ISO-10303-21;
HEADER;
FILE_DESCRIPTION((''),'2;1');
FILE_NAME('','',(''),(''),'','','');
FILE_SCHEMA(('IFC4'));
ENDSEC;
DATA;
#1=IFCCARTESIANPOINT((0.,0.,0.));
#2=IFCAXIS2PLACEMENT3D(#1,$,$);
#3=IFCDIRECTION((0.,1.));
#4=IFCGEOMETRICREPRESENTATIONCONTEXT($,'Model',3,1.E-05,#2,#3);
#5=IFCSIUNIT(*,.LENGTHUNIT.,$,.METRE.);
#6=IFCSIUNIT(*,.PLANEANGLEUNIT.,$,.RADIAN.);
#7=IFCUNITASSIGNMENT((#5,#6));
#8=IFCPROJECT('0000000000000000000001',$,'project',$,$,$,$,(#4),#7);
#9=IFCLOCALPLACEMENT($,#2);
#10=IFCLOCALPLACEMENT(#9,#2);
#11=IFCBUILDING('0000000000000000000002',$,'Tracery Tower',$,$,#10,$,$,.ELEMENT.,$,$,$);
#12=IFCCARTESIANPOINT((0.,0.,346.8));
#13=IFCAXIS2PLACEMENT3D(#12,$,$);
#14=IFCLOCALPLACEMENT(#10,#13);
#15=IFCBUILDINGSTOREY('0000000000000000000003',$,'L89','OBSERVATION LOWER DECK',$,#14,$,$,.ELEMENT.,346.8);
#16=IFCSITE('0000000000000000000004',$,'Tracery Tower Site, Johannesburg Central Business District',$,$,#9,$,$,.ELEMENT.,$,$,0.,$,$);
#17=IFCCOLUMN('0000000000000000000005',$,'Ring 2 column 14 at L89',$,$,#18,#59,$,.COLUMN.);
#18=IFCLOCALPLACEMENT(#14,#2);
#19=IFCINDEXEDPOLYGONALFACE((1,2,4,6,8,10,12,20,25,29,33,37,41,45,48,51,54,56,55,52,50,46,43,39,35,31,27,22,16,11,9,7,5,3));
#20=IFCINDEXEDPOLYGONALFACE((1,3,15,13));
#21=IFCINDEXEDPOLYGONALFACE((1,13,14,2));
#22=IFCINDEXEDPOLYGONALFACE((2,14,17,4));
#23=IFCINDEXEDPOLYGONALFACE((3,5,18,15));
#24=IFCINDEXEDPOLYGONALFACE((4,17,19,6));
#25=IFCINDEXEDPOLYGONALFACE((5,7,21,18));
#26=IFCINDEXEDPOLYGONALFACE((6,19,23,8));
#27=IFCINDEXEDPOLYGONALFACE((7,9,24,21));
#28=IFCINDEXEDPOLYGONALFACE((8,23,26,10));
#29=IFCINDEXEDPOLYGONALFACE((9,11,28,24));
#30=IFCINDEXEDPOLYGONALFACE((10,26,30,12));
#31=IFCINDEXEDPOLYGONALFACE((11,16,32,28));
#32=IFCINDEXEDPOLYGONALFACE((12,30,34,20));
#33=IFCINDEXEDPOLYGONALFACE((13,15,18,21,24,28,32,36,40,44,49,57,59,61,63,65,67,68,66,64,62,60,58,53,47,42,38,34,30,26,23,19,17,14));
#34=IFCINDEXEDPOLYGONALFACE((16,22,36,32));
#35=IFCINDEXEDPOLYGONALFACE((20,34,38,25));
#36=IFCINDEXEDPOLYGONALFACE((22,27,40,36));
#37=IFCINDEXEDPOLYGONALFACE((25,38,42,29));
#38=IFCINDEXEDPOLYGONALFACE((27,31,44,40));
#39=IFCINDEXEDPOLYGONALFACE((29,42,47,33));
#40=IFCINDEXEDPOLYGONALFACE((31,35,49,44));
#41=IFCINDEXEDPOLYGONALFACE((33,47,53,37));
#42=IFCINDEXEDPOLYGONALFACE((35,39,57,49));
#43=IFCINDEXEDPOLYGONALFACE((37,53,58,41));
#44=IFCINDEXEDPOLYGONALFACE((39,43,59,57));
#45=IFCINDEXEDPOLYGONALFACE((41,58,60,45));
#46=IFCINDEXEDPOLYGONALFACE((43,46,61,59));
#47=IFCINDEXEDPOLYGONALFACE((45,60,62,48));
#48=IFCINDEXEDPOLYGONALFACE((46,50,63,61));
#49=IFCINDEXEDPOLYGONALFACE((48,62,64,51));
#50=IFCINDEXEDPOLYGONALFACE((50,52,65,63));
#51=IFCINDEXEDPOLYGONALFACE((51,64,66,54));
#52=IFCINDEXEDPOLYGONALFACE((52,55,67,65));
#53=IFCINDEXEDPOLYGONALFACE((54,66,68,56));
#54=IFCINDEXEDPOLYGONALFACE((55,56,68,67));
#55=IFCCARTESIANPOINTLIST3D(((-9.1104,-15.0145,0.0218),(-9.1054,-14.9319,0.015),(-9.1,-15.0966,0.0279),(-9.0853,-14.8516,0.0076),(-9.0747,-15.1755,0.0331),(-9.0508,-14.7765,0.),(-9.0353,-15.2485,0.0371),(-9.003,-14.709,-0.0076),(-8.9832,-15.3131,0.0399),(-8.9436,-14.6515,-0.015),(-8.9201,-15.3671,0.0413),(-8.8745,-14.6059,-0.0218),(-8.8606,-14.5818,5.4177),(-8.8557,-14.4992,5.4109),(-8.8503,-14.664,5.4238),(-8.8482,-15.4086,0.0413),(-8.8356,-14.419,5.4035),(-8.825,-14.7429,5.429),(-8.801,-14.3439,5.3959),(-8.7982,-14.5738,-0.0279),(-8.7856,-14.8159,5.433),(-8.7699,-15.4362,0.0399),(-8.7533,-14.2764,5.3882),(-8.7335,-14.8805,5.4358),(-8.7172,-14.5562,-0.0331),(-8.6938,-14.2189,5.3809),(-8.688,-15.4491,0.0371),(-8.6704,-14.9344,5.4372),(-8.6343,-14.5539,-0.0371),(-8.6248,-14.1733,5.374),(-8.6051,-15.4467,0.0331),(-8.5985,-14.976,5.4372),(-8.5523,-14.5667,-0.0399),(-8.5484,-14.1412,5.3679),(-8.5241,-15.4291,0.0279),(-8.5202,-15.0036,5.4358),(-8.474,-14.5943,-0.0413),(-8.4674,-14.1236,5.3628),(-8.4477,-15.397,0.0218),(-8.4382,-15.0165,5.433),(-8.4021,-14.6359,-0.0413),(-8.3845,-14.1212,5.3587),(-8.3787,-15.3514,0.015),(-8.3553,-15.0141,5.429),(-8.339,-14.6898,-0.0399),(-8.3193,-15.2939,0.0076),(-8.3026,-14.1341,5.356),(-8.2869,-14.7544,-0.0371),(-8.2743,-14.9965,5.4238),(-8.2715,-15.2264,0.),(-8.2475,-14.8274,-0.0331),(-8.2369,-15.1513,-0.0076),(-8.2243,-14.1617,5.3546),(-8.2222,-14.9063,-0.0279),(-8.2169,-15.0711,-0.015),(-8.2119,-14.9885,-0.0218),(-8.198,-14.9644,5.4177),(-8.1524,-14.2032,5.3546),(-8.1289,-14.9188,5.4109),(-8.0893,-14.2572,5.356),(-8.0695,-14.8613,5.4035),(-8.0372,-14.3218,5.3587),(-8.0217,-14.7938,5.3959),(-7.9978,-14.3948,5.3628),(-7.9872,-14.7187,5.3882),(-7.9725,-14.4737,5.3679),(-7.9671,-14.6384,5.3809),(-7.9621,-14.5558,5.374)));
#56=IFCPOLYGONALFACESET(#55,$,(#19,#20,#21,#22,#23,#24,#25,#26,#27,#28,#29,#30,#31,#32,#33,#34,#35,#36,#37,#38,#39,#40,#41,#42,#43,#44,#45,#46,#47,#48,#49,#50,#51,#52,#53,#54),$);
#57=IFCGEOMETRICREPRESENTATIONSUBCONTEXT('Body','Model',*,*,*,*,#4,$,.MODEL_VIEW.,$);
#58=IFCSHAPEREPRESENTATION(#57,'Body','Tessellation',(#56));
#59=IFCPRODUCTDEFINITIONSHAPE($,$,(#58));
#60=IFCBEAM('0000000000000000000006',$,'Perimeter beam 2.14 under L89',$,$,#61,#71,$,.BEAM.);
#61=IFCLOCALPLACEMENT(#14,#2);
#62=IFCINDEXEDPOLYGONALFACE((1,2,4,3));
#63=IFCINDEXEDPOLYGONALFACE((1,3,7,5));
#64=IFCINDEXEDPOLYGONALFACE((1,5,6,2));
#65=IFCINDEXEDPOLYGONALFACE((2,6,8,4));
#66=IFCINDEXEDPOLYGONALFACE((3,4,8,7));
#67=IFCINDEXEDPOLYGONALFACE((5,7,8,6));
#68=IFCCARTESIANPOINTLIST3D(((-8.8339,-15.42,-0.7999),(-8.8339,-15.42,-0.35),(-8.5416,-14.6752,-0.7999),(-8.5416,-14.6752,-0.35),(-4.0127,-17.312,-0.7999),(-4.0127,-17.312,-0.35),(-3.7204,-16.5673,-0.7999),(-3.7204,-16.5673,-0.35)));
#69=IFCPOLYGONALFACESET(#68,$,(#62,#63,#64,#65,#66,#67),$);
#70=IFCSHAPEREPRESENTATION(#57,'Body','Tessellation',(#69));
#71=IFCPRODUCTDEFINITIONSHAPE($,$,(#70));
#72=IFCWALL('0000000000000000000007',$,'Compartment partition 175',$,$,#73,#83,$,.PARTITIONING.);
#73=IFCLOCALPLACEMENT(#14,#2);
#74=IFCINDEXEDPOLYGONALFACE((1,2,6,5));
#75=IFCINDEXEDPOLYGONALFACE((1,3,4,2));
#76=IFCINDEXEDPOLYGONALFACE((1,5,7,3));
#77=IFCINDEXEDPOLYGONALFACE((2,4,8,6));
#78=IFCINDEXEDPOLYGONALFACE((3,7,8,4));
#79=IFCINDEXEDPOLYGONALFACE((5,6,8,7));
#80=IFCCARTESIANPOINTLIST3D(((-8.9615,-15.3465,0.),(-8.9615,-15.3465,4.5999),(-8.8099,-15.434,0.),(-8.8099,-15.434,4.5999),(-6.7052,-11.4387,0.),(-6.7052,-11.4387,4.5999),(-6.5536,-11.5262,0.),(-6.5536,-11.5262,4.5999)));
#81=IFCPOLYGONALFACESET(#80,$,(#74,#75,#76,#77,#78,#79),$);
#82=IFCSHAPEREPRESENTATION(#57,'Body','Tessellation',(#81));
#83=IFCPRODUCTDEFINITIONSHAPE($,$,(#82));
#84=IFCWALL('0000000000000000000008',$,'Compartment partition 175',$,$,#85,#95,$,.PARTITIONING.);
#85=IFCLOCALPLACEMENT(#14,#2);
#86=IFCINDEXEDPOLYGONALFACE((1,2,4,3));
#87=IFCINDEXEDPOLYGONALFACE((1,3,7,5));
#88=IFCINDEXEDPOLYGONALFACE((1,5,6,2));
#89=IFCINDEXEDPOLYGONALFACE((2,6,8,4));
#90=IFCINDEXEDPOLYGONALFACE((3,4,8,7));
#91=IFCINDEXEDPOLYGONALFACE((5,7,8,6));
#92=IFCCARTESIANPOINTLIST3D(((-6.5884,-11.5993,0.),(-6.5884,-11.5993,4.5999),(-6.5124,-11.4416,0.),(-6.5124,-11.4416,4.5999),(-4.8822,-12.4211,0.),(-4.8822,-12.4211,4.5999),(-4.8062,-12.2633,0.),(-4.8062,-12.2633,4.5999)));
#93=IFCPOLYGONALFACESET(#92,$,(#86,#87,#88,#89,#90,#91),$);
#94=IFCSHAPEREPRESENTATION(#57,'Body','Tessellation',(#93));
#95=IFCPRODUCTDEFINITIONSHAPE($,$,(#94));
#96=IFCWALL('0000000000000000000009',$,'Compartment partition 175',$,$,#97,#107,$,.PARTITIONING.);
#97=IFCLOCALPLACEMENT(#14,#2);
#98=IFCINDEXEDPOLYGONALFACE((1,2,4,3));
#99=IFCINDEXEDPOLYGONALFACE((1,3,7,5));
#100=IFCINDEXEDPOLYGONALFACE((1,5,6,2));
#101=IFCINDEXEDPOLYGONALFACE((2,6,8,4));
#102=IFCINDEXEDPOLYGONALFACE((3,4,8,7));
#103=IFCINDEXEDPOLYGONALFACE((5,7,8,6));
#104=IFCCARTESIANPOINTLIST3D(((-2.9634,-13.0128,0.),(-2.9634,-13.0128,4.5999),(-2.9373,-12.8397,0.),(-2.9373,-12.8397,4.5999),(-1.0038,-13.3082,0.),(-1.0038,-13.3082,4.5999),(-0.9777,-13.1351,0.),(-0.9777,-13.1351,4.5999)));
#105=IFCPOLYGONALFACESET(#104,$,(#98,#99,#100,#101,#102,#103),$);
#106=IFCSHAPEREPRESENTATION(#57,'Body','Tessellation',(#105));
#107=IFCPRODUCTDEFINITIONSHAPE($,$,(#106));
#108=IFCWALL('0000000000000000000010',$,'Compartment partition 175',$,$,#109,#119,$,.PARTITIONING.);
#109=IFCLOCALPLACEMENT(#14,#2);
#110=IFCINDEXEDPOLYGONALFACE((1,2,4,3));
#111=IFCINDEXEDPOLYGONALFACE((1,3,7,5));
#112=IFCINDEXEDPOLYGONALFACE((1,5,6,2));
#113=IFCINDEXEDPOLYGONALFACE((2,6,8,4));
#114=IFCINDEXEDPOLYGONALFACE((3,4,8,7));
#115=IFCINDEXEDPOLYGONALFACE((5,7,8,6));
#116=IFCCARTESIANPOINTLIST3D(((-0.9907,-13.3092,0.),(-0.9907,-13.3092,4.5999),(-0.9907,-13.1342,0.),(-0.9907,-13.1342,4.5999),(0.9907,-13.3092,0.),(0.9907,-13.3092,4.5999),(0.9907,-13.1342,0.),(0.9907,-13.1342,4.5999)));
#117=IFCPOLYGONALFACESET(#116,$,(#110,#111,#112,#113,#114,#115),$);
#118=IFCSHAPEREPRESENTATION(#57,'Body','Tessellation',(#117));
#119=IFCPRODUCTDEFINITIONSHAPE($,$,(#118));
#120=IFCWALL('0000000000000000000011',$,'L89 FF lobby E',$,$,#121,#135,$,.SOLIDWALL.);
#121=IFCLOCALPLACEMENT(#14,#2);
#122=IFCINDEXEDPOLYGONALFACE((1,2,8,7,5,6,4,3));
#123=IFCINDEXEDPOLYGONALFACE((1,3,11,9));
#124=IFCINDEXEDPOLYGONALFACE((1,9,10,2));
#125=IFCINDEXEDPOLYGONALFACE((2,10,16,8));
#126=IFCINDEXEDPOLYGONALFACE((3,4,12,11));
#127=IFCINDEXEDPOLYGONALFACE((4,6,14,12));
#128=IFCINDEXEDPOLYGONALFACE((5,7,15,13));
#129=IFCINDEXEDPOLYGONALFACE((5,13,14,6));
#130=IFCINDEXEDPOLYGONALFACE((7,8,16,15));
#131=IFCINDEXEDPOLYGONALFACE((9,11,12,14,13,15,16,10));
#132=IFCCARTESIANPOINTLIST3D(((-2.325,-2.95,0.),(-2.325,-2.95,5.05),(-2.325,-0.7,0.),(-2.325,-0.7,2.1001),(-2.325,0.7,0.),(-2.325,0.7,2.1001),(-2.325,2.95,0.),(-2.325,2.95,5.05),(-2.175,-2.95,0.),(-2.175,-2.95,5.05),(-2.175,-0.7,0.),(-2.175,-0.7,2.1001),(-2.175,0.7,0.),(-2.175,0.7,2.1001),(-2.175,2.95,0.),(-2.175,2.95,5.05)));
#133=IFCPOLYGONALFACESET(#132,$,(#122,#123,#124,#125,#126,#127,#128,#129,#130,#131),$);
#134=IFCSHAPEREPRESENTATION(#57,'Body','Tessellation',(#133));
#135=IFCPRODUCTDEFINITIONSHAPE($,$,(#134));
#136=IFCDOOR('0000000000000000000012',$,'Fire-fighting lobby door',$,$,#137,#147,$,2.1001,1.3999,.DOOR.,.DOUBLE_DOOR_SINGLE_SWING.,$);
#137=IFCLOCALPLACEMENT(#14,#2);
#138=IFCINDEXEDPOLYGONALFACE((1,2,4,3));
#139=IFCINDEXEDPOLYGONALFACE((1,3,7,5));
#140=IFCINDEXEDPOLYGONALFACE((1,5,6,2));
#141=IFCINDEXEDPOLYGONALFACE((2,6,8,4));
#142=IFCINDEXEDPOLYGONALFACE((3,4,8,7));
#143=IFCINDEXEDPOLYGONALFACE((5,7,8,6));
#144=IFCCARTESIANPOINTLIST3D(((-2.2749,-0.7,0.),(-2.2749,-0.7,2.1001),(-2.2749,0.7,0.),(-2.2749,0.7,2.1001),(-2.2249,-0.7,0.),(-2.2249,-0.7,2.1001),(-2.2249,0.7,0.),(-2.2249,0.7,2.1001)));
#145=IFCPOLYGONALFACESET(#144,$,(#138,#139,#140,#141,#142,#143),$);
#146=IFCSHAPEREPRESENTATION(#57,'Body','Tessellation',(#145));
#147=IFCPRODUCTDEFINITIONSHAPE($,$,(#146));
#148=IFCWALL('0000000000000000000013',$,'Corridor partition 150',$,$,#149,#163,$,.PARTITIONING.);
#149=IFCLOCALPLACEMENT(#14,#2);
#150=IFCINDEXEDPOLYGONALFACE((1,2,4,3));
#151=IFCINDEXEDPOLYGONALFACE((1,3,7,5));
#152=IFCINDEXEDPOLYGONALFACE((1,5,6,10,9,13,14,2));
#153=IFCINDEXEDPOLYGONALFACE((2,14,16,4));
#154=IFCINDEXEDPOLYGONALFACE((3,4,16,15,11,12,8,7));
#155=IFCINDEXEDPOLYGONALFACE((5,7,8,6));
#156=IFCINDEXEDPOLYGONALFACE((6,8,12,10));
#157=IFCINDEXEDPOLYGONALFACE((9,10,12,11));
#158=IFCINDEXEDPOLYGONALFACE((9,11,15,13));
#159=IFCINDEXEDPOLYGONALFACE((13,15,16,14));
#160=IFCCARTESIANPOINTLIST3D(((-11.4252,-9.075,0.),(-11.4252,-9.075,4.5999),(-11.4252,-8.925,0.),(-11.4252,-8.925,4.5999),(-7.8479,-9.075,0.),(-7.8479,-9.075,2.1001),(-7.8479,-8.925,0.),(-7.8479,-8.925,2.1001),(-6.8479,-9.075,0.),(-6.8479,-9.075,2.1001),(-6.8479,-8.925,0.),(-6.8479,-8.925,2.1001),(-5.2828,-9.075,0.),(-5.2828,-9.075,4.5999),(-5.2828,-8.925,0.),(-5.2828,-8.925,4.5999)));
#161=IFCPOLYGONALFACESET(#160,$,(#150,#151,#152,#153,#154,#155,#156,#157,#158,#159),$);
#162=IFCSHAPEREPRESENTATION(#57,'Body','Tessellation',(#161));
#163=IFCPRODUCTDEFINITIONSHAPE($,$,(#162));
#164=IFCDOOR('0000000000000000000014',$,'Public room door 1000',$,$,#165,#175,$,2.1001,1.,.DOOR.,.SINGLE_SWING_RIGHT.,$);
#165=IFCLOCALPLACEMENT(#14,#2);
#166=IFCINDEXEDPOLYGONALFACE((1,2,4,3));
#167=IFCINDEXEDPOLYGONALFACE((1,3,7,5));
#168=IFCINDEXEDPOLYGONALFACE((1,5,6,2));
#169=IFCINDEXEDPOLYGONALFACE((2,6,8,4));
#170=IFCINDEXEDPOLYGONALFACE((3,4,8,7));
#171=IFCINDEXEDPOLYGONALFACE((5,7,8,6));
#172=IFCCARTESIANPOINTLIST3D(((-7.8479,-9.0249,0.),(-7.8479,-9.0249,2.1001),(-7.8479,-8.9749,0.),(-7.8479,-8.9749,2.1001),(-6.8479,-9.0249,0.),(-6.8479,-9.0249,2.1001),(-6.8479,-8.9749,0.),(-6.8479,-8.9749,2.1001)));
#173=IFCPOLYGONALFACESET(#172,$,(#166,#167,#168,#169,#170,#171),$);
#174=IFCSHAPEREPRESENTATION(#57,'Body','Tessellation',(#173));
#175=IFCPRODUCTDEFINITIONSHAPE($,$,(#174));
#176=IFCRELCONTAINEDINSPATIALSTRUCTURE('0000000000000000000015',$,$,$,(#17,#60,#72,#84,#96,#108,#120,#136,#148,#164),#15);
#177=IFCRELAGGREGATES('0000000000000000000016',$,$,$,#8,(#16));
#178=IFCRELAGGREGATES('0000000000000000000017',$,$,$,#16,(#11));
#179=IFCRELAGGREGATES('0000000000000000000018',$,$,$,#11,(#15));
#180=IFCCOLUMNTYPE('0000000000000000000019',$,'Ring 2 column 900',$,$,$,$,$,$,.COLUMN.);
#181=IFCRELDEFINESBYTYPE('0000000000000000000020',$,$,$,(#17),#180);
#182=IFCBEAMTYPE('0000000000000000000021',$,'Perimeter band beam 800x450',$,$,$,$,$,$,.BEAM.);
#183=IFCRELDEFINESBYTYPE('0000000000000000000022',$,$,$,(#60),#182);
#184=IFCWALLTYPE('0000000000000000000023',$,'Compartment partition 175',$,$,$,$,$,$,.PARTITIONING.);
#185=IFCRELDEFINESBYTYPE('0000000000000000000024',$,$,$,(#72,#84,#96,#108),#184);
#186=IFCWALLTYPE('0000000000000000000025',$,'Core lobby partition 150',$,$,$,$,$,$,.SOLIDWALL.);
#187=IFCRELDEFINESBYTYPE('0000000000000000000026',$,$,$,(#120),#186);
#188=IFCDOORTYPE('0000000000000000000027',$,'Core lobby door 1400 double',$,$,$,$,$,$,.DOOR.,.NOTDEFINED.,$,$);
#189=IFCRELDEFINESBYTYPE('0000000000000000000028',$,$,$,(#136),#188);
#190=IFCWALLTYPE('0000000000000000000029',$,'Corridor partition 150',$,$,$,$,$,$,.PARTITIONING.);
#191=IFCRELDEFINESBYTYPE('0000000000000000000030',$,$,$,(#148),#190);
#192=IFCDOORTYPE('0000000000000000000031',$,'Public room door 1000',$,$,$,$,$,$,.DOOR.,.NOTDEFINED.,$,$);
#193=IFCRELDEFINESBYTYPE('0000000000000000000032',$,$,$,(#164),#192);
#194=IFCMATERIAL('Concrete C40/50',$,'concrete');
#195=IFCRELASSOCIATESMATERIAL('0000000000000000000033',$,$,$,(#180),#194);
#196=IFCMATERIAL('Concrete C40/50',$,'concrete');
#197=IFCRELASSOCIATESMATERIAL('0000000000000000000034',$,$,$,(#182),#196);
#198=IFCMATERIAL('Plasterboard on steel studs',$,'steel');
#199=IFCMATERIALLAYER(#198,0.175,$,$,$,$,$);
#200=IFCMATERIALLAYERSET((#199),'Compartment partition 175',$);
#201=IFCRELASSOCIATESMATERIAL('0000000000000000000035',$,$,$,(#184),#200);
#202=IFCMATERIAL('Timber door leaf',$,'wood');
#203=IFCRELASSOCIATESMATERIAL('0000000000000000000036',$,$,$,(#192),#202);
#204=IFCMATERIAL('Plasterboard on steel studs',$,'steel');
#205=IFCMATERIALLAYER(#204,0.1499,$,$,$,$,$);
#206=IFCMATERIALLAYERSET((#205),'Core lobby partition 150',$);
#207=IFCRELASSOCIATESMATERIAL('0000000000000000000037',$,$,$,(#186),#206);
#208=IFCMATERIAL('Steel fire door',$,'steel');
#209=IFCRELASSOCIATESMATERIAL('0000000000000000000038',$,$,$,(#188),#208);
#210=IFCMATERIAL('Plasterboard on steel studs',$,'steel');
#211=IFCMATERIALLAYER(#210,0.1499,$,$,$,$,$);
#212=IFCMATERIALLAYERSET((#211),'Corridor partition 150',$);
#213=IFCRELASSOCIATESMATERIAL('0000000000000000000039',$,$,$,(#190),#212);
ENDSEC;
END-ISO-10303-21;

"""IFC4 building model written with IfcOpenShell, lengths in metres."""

from ifc_helpers import new_model, si_unit, direction, frame, frame_2d, origin, origin_2d, place, context, subcontext, project, spatial, rectangle, circle, extrude, material, layer, layer_set, material_profile, profile_set, type_object, element, fill, save


model = new_model("IFC4")

# Units and contexts
model_context = context("Model", 3, precision=1e-05, world=origin(), true_north=direction((0.0, 1.0)))
body_context = subcontext(model_context, "Body", "Model", "MODEL_VIEW")
ifc_project = project(units=[si_unit("LENGTHUNIT", "METRE"), si_unit("PLANEANGLEUNIT", "RADIAN")], contexts=[model_context])

# Site, building, storey
site_placement = place(None, origin())
site = spatial("IfcSite", under=ifc_project, at=site_placement, Name="Tracery Tower Site, Johannesburg Central Business District", CompositionType="ELEMENT", RefElevation=0.0)
building_placement = place(site_placement, origin())
building = spatial("IfcBuilding", under=site, at=building_placement, Name="Tracery Tower", CompositionType="ELEMENT")
storey_placement = place(building_placement, frame((0.0, 0.0, 346.8)))
storey = spatial("IfcBuildingStorey", under=building, at=storey_placement, Name="L89", Description="OBSERVATION LOWER DECK", CompositionType="ELEMENT", Elevation=346.8)

# Column
ifc_material_1 = material(Name="Concrete C40/50", Category="concrete")
ifc_material_profile_1 = material_profile(ifc_material_1, circle(Radius=0.45, at=origin_2d()), Name="RC D900")
ifc_profile_set_1 = profile_set([ifc_material_profile_1], Name="Concrete C40/50")
column_type = type_object("IfcColumnType", Name="Ring 2 column 900", PredefinedType="COLUMN", material=ifc_profile_set_1)
column_placement = place(storey_placement, frame((-8.6611, -15.0015, 0.0), z_axis=(0.04609, 0.079836, 0.995742), x_axis=(-0.866039, 0.499976, 0.0)))
element("IfcColumn", 1, at=column_placement, inside=storey, type_object=column_type, Name="Ring 2 column 14 at L89", PredefinedType="COLUMN", context=body_context, shape_type="SweptSolid", body=[
    extrude(circle(Radius=0.45, at=origin_2d()), origin(), (0.0, 0.0, 1.0), 5.4189),
])

# Beam
ifc_material_2 = material(Name="Concrete C40/50", Category="concrete")
ifc_material_profile_2 = material_profile(ifc_material_2, rectangle(XDim=0.8, YDim=0.45, at=origin_2d()), Name="RC 800x450")
ifc_profile_set_2 = profile_set([ifc_material_profile_2], Name="Concrete C40/50")
beam_type = type_object("IfcBeamType", Name="Perimeter band beam 800x450", PredefinedType="BEAM", material=ifc_profile_set_2)
beam_placement = place(storey_placement, frame((-8.6877, -15.0476, -0.575), z_axis=(0.930882, -0.36532, 0.0), x_axis=(0.36532, 0.930882, 0.0)))
element("IfcBeam", 2, at=beam_placement, inside=storey, type_object=beam_type, Name="Perimeter beam 2.14 under L89", PredefinedType="BEAM", context=body_context, shape_type="SweptSolid", body=[
    extrude(rectangle(XDim=0.8, YDim=0.45, at=origin_2d()), origin(), (0.0, 0.0, 1.0), 5.1792),
])

# Walls
ifc_material_3 = material(Name="Plasterboard on steel studs", Category="steel")
ifc_layer_1 = layer(ifc_material_3, 0.175)
ifc_layer_set_1 = layer_set([ifc_layer_1], Name="Compartment partition 175")
wall_type_1 = type_object("IfcWallType", Name="Compartment partition 175", PredefinedType="PARTITIONING", material=ifc_layer_set_1)
wall_1_placement = place(storey_placement, frame((-8.8857, -15.3904, 0.0), z_axis=(0.0, 0.0, 1.0), x_axis=(0.500014, 0.866017, 0.0)))
element("IfcWall", 3, at=wall_1_placement, inside=storey, type_object=wall_type_1, Name="Compartment partition 175", PredefinedType="PARTITIONING", context=body_context, shape_type="SweptSolid", body=[
    extrude(rectangle(XDim=4.5125, YDim=0.175, at=frame_2d((2.2563, 0.0))), origin(), (0.0, 0.0, 1.0), 4.5999),
])
wall_2_placement = place(storey_placement, frame((-6.5503, -11.5205, 0.0), z_axis=(0.0, 0.0, 1.0), x_axis=(0.900955, -0.433913, 0.0)))
element("IfcWall", 4, at=wall_2_placement, inside=storey, type_object=wall_type_1, Name="Compartment partition 175", PredefinedType="PARTITIONING", context=body_context, shape_type="SweptSolid", body=[
    extrude(rectangle(XDim=1.8938, YDim=0.175, at=frame_2d((0.9468, 0.0))), origin(), (0.0, 0.0, 1.0), 4.5999),
])

# Shared definitions
ifc_material_4 = material(Name="Timber door leaf", Category="wood")
door_type_1 = type_object("IfcDoorType", Name="Public room door 1000", OperationType="NOTDEFINED", PredefinedType="DOOR", material=ifc_material_4)

# Walls
wall_3_placement = place(storey_placement, frame((-2.9502, -12.9263, 0.0), z_axis=(0.0, 0.0, 1.0), x_axis=(0.988826, -0.149075, 0.0)))
element("IfcWall", 5, at=wall_3_placement, inside=storey, type_object=wall_type_1, Name="Compartment partition 175", PredefinedType="PARTITIONING", context=body_context, shape_type="SweptSolid", body=[
    extrude(rectangle(XDim=1.9817, YDim=0.175, at=frame_2d((0.9907, 0.0))), origin(), (0.0, 0.0, 1.0), 4.5999),
])
wall_4_placement = place(storey_placement, frame((-0.9907, -13.2217, 0.0), z_axis=(0.0, 0.0, 1.0), x_axis=(1.0, 0.0, 0.0)))
element("IfcWall", 6, at=wall_4_placement, inside=storey, type_object=wall_type_1, Name="Compartment partition 175", PredefinedType="PARTITIONING", context=body_context, shape_type="SweptSolid", body=[
    extrude(rectangle(XDim=1.9814, YDim=0.175, at=frame_2d((0.9907, 0.0))), origin(), (0.0, 0.0, 1.0), 4.5999),
])

# Walls, openings, doors
ifc_material_5 = material(Name="Plasterboard on steel studs", Category="steel")
ifc_layer_2 = layer(ifc_material_5, 0.1499)
ifc_layer_set_2 = layer_set([ifc_layer_2], Name="Core lobby partition 150")
wall_type_2 = type_object("IfcWallType", Name="Core lobby partition 150", PredefinedType="SOLIDWALL", material=ifc_layer_set_2)
wall_5_placement = place(storey_placement, frame((-2.25, -2.95, 0.0), z_axis=(0.0, 0.0, 1.0), x_axis=(0.0, 1.0, 0.0)))
wall_5 = element("IfcWall", 7, at=wall_5_placement, inside=storey, type_object=wall_type_2, Name="L89 FF lobby E", PredefinedType="SOLIDWALL", context=body_context, shape_type="SweptSolid", body=[
    extrude(rectangle(XDim=5.8999, YDim=0.1499, at=frame_2d((2.95, 0.0))), origin(), (0.0, 0.0, 1.0), 5.05),
])
opening_1_placement = place(wall_5_placement, frame((2.25, 0.0, 0.0)))
opening_1 = element("IfcOpeningElement", 8, at=opening_1_placement, cuts=wall_5, PredefinedType="OPENING", context=body_context, shape_type="SweptSolid", body=[
    extrude(rectangle(XDim=1.3999, YDim=2.1001, at=frame_2d((0.7, 1.05))), frame((0.0, 0.075, 0.0), z_axis=(0.0, -1.0, 0.0), x_axis=(1.0, 0.0, 0.0)), (0.0, 0.0, 1.0), 0.1499),
])
ifc_material_6 = material(Name="Steel fire door", Category="steel")
door_type_2 = type_object("IfcDoorType", Name="Core lobby door 1400 double", OperationType="NOTDEFINED", PredefinedType="DOOR", material=ifc_material_6)
door_1_placement = place(opening_1_placement, origin())
door_1 = element("IfcDoor", 9, at=door_1_placement, inside=storey, type_object=door_type_2, Name="Fire-fighting lobby door", OperationType="DOUBLE_DOOR_SINGLE_SWING", OverallHeight=2.1001, OverallWidth=1.3999, PredefinedType="DOOR", context=body_context, shape_type="SweptSolid", body=[
    extrude(rectangle(XDim=1.3999, YDim=2.1001, at=frame_2d((0.7, 1.05))), frame((0.0, 0.0249, 0.0), z_axis=(0.0, -1.0, 0.0), x_axis=(1.0, 0.0, 0.0)), (0.0, 0.0, 1.0), 0.05),
])
fill(opening_1, door_1)
ifc_material_7 = material(Name="Plasterboard on steel studs", Category="steel")
ifc_layer_3 = layer(ifc_material_7, 0.1499)
ifc_layer_set_3 = layer_set([ifc_layer_3], Name="Corridor partition 150")
wall_type_3 = type_object("IfcWallType", Name="Corridor partition 150", PredefinedType="PARTITIONING", material=ifc_layer_set_3)
wall_6_placement = place(storey_placement, frame((-5.2827, -9.0, 0.0), z_axis=(0.0, 0.0, 1.0), x_axis=(-1.0, 0.0, 0.0)))
wall_6 = element("IfcWall", 10, at=wall_6_placement, inside=storey, type_object=wall_type_3, Name="Corridor partition 150", PredefinedType="PARTITIONING", context=body_context, shape_type="SweptSolid", body=[
    extrude(rectangle(XDim=6.1423, YDim=0.1499, at=frame_2d((3.0713, 0.0))), origin(), (0.0, 0.0, 1.0), 4.5999),
])
opening_2_placement = place(wall_6_placement, frame((1.5652, 0.0, 0.0)))
opening_2 = element("IfcOpeningElement", 11, at=opening_2_placement, cuts=wall_6, PredefinedType="OPENING", context=body_context, shape_type="SweptSolid", body=[
    extrude(rectangle(XDim=1.0, YDim=2.1001, at=frame_2d((0.5, 1.05))), frame((0.0, 0.075, 0.0), z_axis=(0.0, -1.0, 0.0), x_axis=(1.0, 0.0, 0.0)), (0.0, 0.0, 1.0), 0.1499),
])
door_2_placement = place(opening_2_placement, origin())
door_2 = element("IfcDoor", 12, at=door_2_placement, inside=storey, type_object=door_type_1, Name="Public room door 1000", OperationType="SINGLE_SWING_RIGHT", OverallHeight=2.1001, OverallWidth=1.0, PredefinedType="DOOR", context=body_context, shape_type="SweptSolid", body=[
    extrude(rectangle(XDim=1.0, YDim=2.1001, at=frame_2d((0.5, 1.05))), frame((0.0, 0.0249, 0.0), z_axis=(0.0, -1.0, 0.0), x_axis=(1.0, 0.0, 0.0)), (0.0, 0.0, 1.0), 0.05),
])
fill(opening_2, door_2)

save(model, "model.ifc")
